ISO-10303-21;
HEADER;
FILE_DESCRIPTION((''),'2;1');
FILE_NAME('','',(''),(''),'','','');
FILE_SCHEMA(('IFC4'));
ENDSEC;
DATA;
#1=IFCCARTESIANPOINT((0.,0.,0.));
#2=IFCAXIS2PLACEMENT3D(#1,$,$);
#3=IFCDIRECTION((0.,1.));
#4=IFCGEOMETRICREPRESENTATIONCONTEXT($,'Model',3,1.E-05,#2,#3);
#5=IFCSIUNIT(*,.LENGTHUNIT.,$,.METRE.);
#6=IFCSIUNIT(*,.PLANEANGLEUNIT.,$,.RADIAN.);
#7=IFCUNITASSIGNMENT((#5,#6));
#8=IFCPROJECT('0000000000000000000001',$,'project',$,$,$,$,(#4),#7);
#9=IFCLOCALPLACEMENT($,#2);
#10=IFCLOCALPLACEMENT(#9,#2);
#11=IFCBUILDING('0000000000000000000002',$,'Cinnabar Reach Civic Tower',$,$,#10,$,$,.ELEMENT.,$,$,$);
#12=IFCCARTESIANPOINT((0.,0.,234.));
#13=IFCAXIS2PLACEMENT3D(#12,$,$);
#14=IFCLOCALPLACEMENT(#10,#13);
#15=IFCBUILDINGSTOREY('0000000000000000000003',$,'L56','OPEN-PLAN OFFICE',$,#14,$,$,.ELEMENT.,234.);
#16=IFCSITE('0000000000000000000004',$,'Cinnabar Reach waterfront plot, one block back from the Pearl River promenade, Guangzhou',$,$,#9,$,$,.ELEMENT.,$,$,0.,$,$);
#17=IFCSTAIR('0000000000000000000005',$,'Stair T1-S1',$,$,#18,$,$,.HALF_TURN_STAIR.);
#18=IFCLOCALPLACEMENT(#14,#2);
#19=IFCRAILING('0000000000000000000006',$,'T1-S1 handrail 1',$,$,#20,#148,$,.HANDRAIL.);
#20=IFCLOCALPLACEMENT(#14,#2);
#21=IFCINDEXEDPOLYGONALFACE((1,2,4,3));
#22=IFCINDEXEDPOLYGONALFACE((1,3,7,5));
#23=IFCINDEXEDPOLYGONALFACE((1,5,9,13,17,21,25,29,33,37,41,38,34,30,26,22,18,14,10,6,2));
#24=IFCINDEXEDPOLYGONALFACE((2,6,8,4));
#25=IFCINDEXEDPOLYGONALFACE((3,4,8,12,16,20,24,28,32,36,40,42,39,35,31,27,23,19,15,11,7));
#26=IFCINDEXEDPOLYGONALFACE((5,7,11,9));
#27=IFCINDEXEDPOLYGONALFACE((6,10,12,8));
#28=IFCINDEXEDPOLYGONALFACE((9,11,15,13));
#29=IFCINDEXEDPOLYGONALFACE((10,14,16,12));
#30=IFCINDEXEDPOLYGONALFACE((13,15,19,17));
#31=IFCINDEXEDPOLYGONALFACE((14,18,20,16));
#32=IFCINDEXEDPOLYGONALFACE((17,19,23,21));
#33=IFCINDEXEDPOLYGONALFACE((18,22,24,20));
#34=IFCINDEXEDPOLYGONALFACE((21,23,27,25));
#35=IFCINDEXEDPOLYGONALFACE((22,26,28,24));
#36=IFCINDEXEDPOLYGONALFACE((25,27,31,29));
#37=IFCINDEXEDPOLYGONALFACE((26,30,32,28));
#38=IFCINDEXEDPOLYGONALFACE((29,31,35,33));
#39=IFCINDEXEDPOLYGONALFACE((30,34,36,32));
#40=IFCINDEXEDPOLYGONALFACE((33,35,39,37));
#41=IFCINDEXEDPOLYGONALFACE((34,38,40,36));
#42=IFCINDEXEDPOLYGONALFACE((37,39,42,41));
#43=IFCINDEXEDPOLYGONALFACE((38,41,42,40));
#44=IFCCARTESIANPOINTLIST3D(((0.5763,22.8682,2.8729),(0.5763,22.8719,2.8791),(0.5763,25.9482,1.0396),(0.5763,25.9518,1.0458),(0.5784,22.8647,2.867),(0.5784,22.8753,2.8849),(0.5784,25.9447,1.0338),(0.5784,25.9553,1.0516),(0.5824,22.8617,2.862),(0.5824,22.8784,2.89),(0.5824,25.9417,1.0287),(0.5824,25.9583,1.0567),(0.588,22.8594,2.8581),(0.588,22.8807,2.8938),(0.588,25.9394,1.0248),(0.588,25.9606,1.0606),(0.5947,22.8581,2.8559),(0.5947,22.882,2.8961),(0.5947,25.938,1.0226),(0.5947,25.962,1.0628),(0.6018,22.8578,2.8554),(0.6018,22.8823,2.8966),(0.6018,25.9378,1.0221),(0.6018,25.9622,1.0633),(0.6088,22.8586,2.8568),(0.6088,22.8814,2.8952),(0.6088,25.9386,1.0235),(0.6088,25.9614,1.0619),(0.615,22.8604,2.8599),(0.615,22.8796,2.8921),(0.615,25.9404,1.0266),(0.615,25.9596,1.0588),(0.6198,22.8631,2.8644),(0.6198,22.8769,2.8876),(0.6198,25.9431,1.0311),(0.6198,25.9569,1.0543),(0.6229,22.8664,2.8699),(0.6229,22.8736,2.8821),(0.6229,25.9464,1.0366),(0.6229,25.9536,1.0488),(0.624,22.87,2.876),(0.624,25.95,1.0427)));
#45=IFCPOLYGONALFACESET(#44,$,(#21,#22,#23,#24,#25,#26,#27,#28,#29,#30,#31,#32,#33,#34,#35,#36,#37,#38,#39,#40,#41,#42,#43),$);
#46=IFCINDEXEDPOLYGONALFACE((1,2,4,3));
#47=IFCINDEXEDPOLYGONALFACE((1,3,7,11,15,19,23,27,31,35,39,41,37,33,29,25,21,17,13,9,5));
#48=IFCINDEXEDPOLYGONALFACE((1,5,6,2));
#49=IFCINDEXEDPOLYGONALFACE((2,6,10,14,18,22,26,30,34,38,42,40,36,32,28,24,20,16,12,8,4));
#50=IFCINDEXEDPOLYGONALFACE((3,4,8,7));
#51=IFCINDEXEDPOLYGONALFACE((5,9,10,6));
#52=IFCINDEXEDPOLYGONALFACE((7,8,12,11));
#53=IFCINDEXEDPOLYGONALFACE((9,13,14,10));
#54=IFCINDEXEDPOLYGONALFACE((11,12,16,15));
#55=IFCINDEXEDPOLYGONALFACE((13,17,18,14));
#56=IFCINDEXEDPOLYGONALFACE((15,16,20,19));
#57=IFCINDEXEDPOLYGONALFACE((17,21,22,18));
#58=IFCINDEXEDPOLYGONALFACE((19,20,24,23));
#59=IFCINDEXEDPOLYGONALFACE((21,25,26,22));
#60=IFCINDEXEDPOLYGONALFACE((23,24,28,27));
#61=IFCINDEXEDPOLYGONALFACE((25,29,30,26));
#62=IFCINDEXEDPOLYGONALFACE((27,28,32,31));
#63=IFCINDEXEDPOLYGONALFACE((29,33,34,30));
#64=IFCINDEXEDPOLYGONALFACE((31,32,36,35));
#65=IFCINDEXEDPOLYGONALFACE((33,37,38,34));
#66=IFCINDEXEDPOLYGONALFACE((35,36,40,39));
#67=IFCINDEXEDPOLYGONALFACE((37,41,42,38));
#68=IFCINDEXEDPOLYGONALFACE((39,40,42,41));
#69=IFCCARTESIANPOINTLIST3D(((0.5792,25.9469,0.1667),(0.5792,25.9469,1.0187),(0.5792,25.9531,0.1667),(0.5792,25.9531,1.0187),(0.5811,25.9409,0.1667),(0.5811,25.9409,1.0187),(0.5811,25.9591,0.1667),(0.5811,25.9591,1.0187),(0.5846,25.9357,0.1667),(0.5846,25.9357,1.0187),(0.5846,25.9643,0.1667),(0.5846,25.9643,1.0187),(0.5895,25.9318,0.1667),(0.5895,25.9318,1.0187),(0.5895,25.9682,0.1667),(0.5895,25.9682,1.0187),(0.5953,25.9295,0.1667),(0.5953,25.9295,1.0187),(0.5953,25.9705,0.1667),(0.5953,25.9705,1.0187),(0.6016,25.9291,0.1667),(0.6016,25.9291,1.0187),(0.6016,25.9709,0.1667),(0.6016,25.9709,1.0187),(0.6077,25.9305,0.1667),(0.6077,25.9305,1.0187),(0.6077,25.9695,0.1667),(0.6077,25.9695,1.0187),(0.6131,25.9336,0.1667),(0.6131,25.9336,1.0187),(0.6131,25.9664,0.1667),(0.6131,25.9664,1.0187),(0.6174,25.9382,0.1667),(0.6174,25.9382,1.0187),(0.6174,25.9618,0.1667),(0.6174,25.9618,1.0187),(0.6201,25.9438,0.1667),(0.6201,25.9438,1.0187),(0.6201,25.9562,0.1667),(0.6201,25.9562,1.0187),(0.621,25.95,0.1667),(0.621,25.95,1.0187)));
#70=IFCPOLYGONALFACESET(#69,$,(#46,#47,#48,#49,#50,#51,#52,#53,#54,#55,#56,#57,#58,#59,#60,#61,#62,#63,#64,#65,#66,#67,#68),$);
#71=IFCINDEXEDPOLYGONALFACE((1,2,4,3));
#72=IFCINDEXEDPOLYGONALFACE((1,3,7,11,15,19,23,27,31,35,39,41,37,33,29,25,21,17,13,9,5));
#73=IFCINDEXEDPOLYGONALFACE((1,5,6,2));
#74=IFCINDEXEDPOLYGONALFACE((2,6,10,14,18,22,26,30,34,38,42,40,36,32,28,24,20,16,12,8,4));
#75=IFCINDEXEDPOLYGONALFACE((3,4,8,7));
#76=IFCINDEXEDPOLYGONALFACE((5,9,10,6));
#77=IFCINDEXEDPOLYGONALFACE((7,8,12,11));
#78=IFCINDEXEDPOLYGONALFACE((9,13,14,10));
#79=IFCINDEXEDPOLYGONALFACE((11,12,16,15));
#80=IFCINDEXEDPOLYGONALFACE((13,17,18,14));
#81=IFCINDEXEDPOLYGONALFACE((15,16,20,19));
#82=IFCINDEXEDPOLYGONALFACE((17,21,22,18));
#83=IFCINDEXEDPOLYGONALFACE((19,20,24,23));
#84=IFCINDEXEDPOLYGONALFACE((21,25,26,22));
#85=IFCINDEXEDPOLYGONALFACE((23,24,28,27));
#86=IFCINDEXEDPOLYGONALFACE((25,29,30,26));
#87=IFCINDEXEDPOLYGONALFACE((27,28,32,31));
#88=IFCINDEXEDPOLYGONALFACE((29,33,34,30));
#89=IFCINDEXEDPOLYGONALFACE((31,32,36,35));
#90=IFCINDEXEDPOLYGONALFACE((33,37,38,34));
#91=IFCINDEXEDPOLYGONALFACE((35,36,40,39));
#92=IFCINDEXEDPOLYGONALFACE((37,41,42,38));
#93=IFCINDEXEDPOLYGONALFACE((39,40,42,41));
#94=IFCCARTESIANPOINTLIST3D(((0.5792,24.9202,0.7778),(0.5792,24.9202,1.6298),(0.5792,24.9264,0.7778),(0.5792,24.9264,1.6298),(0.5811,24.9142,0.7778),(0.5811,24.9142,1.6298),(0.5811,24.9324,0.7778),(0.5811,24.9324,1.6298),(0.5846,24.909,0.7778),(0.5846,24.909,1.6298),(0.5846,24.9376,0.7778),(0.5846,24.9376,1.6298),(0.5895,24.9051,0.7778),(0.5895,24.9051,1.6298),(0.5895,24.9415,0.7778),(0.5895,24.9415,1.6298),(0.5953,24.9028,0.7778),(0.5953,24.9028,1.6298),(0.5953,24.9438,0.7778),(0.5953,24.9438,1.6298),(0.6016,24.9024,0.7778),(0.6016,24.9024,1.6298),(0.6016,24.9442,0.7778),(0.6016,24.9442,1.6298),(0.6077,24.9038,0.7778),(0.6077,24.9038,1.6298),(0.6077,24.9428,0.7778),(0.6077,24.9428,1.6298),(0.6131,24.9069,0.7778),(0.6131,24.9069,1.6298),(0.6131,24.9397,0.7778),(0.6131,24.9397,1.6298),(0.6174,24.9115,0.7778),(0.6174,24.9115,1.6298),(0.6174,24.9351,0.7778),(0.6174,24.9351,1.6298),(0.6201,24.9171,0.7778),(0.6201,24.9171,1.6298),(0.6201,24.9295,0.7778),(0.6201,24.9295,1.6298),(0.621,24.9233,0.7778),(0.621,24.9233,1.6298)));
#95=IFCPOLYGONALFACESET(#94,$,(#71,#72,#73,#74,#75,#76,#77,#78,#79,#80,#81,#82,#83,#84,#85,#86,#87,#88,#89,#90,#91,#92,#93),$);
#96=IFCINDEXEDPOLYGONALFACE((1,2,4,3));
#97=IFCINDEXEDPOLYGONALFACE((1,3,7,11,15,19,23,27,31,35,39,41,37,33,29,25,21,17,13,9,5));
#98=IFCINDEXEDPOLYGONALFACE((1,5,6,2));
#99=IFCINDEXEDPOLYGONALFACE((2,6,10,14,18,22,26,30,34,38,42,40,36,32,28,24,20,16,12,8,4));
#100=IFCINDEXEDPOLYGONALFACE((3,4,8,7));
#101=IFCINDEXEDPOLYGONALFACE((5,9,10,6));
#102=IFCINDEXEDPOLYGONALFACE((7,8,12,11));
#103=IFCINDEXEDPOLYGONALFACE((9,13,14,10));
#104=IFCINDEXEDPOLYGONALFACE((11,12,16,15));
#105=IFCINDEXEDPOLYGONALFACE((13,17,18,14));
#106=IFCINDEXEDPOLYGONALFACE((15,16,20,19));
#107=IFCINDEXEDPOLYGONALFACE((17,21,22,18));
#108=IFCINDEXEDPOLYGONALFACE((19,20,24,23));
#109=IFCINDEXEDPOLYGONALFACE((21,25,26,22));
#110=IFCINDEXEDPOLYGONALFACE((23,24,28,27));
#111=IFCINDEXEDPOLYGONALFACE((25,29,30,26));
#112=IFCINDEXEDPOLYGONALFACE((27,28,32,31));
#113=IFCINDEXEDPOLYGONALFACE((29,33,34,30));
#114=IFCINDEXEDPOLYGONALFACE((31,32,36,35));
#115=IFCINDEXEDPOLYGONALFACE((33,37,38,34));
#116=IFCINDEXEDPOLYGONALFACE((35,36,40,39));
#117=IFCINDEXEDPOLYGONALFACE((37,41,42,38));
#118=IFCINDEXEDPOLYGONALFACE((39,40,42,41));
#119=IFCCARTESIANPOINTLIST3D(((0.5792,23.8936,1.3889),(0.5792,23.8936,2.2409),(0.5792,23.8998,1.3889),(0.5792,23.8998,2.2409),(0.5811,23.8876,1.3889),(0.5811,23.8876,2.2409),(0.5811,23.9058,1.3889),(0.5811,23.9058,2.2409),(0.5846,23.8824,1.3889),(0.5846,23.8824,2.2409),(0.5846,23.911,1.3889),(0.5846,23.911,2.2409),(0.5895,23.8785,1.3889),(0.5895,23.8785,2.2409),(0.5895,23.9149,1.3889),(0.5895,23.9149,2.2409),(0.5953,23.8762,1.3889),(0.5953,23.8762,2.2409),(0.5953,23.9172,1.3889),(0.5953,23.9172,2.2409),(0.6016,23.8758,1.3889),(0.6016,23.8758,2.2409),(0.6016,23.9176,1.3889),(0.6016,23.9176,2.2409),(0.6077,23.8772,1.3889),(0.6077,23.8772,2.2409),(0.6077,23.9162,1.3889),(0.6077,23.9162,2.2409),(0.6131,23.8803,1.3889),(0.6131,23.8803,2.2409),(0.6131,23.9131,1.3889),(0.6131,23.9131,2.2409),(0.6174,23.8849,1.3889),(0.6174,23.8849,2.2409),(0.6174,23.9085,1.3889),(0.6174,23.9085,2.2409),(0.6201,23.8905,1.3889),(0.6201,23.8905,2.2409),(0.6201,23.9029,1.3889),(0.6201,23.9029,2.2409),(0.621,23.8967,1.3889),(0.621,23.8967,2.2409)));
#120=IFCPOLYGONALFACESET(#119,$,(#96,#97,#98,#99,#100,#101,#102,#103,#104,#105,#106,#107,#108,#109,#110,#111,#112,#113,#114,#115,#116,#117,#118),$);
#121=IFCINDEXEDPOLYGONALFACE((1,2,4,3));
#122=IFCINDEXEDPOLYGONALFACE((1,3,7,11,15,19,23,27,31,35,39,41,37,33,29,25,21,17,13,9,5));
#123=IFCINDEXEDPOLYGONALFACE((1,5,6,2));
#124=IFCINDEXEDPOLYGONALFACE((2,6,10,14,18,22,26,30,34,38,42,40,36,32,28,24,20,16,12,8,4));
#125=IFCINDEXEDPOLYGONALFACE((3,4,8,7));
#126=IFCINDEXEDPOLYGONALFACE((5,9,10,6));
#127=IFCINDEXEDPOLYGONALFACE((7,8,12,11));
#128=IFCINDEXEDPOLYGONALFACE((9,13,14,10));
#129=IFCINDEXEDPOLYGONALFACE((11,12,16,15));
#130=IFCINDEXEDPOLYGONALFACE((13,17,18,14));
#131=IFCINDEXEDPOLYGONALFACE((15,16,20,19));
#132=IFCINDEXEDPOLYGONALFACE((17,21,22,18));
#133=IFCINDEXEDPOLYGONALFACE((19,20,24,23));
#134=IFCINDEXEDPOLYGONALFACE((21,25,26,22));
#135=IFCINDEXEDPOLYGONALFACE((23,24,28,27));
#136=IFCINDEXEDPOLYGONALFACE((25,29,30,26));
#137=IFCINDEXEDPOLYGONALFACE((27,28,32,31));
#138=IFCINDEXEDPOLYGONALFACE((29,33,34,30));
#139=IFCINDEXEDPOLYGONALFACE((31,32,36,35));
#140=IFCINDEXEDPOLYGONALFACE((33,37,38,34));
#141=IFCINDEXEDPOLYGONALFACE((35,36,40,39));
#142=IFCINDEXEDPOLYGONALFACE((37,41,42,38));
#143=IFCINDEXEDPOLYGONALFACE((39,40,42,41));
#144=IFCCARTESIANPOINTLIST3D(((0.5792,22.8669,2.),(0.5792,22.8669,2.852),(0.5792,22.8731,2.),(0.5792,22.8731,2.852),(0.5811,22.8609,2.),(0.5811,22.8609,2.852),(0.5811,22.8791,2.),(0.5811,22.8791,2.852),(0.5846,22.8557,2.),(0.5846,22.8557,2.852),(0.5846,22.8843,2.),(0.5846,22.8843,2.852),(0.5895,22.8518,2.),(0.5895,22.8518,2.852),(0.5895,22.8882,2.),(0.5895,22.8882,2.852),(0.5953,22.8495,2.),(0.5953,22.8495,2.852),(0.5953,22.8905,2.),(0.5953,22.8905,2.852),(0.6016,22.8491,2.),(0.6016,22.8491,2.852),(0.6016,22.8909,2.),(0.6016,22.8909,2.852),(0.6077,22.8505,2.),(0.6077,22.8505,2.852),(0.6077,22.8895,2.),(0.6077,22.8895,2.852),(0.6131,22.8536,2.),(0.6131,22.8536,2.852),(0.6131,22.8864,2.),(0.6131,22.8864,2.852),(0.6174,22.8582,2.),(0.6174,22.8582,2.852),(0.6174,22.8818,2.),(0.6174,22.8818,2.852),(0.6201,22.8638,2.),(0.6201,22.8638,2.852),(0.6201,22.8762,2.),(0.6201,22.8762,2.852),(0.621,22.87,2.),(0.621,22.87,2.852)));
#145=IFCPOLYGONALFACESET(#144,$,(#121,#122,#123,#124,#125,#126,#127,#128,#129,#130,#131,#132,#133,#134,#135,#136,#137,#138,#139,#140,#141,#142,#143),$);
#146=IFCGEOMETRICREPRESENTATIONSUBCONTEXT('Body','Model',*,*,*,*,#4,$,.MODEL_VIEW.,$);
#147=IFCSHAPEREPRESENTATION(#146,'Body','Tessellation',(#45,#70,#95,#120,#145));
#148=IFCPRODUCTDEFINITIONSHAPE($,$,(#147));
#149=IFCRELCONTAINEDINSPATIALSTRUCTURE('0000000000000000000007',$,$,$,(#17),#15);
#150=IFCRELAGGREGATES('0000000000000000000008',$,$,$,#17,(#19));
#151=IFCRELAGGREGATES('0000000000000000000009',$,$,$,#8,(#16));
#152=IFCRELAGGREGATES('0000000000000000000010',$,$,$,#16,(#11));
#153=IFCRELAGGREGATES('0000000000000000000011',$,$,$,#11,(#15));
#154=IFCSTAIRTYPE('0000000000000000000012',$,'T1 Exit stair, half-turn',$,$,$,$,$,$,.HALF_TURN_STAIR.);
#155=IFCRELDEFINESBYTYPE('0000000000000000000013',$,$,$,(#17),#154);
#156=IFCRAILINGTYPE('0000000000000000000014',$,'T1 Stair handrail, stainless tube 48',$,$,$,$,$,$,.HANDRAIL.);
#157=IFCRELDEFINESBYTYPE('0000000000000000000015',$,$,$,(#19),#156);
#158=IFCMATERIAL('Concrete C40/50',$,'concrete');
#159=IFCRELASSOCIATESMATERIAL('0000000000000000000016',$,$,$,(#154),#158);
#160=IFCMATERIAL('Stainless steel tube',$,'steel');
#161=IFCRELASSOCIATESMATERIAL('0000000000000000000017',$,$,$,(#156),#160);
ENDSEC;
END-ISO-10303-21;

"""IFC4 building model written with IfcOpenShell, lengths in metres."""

from ifc_helpers import new_model, si_unit, direction, frame, origin, origin_2d, place, context, subcontext, project, spatial, circle, extrude, material, type_object, element, aggregate, save


model = new_model("IFC4")

# Units and contexts
model_context = context("Model", 3, precision=1e-05, world=origin(), true_north=direction((0.0, 1.0)))
body_context = subcontext(model_context, "Body", "Model", "MODEL_VIEW")
ifc_project = project(units=[si_unit("LENGTHUNIT", "METRE"), si_unit("PLANEANGLEUNIT", "RADIAN")], contexts=[model_context])

# Site, building, storey
site_placement = place(None, origin())
site = spatial("IfcSite", under=ifc_project, at=site_placement, Name="Cinnabar Reach waterfront plot, one block back from the Pearl River promenade, Guangzhou", CompositionType="ELEMENT", RefElevation=0.0)
building_placement = place(site_placement, origin())
building = spatial("IfcBuilding", under=site, at=building_placement, Name="Cinnabar Reach Civic Tower", CompositionType="ELEMENT")
storey_placement = place(building_placement, frame((0.0, 0.0, 234.0)))
storey = spatial("IfcBuildingStorey", under=building, at=storey_placement, Name="L56", Description="OPEN-PLAN OFFICE", CompositionType="ELEMENT", Elevation=234.0)

# Shared definitions
ifc_material_1 = material(Name="Concrete C40/50", Category="concrete")

# Stair, railing
stair_type = type_object("IfcStairType", Name="T1 Exit stair, half-turn", PredefinedType="HALF_TURN_STAIR", material=ifc_material_1)
stair_placement = place(storey_placement, origin())
stair = element("IfcStair", 1, at=stair_placement, inside=storey, type_object=stair_type, Name="Stair T1-S1", PredefinedType="HALF_TURN_STAIR")
ifc_material_2 = material(Name="Stainless steel tube", Category="steel")
railing_type = type_object("IfcRailingType", Name="T1 Stair handrail, stainless tube 48", PredefinedType="HANDRAIL", material=ifc_material_2)
railing_1_placement = place(storey_placement, frame((0.6, 25.95, 0.1667)))
railing_1 = element("IfcRailing", 2, at=railing_1_placement, type_object=railing_type, Name="T1-S1 handrail 1", PredefinedType="HANDRAIL", context=body_context, shape_type="SweptSolid", body=[
    extrude(circle(Radius=0.024, at=origin_2d()), frame((0.0, 0.0, 0.876), z_axis=(0.0, -0.859297, 0.511477), x_axis=(1.0, 0.0, 0.0)), (0.0, 0.0, 1.0), 3.5843),
    extrude(circle(Radius=0.021, at=origin_2d()), origin(), (0.0, 0.0, 1.0), 0.852),
    extrude(circle(Radius=0.021, at=origin_2d()), frame((0.0, -1.0267, 0.6111)), (0.0, 0.0, 1.0), 0.852),
    extrude(circle(Radius=0.021, at=origin_2d()), frame((0.0, -2.0533, 1.2222)), (0.0, 0.0, 1.0), 0.852),
    extrude(circle(Radius=0.021, at=origin_2d()), frame((0.0, -3.08, 1.8333)), (0.0, 0.0, 1.0), 0.852),
])
aggregate(stair, [railing_1])

save(model, "model.ifc")
